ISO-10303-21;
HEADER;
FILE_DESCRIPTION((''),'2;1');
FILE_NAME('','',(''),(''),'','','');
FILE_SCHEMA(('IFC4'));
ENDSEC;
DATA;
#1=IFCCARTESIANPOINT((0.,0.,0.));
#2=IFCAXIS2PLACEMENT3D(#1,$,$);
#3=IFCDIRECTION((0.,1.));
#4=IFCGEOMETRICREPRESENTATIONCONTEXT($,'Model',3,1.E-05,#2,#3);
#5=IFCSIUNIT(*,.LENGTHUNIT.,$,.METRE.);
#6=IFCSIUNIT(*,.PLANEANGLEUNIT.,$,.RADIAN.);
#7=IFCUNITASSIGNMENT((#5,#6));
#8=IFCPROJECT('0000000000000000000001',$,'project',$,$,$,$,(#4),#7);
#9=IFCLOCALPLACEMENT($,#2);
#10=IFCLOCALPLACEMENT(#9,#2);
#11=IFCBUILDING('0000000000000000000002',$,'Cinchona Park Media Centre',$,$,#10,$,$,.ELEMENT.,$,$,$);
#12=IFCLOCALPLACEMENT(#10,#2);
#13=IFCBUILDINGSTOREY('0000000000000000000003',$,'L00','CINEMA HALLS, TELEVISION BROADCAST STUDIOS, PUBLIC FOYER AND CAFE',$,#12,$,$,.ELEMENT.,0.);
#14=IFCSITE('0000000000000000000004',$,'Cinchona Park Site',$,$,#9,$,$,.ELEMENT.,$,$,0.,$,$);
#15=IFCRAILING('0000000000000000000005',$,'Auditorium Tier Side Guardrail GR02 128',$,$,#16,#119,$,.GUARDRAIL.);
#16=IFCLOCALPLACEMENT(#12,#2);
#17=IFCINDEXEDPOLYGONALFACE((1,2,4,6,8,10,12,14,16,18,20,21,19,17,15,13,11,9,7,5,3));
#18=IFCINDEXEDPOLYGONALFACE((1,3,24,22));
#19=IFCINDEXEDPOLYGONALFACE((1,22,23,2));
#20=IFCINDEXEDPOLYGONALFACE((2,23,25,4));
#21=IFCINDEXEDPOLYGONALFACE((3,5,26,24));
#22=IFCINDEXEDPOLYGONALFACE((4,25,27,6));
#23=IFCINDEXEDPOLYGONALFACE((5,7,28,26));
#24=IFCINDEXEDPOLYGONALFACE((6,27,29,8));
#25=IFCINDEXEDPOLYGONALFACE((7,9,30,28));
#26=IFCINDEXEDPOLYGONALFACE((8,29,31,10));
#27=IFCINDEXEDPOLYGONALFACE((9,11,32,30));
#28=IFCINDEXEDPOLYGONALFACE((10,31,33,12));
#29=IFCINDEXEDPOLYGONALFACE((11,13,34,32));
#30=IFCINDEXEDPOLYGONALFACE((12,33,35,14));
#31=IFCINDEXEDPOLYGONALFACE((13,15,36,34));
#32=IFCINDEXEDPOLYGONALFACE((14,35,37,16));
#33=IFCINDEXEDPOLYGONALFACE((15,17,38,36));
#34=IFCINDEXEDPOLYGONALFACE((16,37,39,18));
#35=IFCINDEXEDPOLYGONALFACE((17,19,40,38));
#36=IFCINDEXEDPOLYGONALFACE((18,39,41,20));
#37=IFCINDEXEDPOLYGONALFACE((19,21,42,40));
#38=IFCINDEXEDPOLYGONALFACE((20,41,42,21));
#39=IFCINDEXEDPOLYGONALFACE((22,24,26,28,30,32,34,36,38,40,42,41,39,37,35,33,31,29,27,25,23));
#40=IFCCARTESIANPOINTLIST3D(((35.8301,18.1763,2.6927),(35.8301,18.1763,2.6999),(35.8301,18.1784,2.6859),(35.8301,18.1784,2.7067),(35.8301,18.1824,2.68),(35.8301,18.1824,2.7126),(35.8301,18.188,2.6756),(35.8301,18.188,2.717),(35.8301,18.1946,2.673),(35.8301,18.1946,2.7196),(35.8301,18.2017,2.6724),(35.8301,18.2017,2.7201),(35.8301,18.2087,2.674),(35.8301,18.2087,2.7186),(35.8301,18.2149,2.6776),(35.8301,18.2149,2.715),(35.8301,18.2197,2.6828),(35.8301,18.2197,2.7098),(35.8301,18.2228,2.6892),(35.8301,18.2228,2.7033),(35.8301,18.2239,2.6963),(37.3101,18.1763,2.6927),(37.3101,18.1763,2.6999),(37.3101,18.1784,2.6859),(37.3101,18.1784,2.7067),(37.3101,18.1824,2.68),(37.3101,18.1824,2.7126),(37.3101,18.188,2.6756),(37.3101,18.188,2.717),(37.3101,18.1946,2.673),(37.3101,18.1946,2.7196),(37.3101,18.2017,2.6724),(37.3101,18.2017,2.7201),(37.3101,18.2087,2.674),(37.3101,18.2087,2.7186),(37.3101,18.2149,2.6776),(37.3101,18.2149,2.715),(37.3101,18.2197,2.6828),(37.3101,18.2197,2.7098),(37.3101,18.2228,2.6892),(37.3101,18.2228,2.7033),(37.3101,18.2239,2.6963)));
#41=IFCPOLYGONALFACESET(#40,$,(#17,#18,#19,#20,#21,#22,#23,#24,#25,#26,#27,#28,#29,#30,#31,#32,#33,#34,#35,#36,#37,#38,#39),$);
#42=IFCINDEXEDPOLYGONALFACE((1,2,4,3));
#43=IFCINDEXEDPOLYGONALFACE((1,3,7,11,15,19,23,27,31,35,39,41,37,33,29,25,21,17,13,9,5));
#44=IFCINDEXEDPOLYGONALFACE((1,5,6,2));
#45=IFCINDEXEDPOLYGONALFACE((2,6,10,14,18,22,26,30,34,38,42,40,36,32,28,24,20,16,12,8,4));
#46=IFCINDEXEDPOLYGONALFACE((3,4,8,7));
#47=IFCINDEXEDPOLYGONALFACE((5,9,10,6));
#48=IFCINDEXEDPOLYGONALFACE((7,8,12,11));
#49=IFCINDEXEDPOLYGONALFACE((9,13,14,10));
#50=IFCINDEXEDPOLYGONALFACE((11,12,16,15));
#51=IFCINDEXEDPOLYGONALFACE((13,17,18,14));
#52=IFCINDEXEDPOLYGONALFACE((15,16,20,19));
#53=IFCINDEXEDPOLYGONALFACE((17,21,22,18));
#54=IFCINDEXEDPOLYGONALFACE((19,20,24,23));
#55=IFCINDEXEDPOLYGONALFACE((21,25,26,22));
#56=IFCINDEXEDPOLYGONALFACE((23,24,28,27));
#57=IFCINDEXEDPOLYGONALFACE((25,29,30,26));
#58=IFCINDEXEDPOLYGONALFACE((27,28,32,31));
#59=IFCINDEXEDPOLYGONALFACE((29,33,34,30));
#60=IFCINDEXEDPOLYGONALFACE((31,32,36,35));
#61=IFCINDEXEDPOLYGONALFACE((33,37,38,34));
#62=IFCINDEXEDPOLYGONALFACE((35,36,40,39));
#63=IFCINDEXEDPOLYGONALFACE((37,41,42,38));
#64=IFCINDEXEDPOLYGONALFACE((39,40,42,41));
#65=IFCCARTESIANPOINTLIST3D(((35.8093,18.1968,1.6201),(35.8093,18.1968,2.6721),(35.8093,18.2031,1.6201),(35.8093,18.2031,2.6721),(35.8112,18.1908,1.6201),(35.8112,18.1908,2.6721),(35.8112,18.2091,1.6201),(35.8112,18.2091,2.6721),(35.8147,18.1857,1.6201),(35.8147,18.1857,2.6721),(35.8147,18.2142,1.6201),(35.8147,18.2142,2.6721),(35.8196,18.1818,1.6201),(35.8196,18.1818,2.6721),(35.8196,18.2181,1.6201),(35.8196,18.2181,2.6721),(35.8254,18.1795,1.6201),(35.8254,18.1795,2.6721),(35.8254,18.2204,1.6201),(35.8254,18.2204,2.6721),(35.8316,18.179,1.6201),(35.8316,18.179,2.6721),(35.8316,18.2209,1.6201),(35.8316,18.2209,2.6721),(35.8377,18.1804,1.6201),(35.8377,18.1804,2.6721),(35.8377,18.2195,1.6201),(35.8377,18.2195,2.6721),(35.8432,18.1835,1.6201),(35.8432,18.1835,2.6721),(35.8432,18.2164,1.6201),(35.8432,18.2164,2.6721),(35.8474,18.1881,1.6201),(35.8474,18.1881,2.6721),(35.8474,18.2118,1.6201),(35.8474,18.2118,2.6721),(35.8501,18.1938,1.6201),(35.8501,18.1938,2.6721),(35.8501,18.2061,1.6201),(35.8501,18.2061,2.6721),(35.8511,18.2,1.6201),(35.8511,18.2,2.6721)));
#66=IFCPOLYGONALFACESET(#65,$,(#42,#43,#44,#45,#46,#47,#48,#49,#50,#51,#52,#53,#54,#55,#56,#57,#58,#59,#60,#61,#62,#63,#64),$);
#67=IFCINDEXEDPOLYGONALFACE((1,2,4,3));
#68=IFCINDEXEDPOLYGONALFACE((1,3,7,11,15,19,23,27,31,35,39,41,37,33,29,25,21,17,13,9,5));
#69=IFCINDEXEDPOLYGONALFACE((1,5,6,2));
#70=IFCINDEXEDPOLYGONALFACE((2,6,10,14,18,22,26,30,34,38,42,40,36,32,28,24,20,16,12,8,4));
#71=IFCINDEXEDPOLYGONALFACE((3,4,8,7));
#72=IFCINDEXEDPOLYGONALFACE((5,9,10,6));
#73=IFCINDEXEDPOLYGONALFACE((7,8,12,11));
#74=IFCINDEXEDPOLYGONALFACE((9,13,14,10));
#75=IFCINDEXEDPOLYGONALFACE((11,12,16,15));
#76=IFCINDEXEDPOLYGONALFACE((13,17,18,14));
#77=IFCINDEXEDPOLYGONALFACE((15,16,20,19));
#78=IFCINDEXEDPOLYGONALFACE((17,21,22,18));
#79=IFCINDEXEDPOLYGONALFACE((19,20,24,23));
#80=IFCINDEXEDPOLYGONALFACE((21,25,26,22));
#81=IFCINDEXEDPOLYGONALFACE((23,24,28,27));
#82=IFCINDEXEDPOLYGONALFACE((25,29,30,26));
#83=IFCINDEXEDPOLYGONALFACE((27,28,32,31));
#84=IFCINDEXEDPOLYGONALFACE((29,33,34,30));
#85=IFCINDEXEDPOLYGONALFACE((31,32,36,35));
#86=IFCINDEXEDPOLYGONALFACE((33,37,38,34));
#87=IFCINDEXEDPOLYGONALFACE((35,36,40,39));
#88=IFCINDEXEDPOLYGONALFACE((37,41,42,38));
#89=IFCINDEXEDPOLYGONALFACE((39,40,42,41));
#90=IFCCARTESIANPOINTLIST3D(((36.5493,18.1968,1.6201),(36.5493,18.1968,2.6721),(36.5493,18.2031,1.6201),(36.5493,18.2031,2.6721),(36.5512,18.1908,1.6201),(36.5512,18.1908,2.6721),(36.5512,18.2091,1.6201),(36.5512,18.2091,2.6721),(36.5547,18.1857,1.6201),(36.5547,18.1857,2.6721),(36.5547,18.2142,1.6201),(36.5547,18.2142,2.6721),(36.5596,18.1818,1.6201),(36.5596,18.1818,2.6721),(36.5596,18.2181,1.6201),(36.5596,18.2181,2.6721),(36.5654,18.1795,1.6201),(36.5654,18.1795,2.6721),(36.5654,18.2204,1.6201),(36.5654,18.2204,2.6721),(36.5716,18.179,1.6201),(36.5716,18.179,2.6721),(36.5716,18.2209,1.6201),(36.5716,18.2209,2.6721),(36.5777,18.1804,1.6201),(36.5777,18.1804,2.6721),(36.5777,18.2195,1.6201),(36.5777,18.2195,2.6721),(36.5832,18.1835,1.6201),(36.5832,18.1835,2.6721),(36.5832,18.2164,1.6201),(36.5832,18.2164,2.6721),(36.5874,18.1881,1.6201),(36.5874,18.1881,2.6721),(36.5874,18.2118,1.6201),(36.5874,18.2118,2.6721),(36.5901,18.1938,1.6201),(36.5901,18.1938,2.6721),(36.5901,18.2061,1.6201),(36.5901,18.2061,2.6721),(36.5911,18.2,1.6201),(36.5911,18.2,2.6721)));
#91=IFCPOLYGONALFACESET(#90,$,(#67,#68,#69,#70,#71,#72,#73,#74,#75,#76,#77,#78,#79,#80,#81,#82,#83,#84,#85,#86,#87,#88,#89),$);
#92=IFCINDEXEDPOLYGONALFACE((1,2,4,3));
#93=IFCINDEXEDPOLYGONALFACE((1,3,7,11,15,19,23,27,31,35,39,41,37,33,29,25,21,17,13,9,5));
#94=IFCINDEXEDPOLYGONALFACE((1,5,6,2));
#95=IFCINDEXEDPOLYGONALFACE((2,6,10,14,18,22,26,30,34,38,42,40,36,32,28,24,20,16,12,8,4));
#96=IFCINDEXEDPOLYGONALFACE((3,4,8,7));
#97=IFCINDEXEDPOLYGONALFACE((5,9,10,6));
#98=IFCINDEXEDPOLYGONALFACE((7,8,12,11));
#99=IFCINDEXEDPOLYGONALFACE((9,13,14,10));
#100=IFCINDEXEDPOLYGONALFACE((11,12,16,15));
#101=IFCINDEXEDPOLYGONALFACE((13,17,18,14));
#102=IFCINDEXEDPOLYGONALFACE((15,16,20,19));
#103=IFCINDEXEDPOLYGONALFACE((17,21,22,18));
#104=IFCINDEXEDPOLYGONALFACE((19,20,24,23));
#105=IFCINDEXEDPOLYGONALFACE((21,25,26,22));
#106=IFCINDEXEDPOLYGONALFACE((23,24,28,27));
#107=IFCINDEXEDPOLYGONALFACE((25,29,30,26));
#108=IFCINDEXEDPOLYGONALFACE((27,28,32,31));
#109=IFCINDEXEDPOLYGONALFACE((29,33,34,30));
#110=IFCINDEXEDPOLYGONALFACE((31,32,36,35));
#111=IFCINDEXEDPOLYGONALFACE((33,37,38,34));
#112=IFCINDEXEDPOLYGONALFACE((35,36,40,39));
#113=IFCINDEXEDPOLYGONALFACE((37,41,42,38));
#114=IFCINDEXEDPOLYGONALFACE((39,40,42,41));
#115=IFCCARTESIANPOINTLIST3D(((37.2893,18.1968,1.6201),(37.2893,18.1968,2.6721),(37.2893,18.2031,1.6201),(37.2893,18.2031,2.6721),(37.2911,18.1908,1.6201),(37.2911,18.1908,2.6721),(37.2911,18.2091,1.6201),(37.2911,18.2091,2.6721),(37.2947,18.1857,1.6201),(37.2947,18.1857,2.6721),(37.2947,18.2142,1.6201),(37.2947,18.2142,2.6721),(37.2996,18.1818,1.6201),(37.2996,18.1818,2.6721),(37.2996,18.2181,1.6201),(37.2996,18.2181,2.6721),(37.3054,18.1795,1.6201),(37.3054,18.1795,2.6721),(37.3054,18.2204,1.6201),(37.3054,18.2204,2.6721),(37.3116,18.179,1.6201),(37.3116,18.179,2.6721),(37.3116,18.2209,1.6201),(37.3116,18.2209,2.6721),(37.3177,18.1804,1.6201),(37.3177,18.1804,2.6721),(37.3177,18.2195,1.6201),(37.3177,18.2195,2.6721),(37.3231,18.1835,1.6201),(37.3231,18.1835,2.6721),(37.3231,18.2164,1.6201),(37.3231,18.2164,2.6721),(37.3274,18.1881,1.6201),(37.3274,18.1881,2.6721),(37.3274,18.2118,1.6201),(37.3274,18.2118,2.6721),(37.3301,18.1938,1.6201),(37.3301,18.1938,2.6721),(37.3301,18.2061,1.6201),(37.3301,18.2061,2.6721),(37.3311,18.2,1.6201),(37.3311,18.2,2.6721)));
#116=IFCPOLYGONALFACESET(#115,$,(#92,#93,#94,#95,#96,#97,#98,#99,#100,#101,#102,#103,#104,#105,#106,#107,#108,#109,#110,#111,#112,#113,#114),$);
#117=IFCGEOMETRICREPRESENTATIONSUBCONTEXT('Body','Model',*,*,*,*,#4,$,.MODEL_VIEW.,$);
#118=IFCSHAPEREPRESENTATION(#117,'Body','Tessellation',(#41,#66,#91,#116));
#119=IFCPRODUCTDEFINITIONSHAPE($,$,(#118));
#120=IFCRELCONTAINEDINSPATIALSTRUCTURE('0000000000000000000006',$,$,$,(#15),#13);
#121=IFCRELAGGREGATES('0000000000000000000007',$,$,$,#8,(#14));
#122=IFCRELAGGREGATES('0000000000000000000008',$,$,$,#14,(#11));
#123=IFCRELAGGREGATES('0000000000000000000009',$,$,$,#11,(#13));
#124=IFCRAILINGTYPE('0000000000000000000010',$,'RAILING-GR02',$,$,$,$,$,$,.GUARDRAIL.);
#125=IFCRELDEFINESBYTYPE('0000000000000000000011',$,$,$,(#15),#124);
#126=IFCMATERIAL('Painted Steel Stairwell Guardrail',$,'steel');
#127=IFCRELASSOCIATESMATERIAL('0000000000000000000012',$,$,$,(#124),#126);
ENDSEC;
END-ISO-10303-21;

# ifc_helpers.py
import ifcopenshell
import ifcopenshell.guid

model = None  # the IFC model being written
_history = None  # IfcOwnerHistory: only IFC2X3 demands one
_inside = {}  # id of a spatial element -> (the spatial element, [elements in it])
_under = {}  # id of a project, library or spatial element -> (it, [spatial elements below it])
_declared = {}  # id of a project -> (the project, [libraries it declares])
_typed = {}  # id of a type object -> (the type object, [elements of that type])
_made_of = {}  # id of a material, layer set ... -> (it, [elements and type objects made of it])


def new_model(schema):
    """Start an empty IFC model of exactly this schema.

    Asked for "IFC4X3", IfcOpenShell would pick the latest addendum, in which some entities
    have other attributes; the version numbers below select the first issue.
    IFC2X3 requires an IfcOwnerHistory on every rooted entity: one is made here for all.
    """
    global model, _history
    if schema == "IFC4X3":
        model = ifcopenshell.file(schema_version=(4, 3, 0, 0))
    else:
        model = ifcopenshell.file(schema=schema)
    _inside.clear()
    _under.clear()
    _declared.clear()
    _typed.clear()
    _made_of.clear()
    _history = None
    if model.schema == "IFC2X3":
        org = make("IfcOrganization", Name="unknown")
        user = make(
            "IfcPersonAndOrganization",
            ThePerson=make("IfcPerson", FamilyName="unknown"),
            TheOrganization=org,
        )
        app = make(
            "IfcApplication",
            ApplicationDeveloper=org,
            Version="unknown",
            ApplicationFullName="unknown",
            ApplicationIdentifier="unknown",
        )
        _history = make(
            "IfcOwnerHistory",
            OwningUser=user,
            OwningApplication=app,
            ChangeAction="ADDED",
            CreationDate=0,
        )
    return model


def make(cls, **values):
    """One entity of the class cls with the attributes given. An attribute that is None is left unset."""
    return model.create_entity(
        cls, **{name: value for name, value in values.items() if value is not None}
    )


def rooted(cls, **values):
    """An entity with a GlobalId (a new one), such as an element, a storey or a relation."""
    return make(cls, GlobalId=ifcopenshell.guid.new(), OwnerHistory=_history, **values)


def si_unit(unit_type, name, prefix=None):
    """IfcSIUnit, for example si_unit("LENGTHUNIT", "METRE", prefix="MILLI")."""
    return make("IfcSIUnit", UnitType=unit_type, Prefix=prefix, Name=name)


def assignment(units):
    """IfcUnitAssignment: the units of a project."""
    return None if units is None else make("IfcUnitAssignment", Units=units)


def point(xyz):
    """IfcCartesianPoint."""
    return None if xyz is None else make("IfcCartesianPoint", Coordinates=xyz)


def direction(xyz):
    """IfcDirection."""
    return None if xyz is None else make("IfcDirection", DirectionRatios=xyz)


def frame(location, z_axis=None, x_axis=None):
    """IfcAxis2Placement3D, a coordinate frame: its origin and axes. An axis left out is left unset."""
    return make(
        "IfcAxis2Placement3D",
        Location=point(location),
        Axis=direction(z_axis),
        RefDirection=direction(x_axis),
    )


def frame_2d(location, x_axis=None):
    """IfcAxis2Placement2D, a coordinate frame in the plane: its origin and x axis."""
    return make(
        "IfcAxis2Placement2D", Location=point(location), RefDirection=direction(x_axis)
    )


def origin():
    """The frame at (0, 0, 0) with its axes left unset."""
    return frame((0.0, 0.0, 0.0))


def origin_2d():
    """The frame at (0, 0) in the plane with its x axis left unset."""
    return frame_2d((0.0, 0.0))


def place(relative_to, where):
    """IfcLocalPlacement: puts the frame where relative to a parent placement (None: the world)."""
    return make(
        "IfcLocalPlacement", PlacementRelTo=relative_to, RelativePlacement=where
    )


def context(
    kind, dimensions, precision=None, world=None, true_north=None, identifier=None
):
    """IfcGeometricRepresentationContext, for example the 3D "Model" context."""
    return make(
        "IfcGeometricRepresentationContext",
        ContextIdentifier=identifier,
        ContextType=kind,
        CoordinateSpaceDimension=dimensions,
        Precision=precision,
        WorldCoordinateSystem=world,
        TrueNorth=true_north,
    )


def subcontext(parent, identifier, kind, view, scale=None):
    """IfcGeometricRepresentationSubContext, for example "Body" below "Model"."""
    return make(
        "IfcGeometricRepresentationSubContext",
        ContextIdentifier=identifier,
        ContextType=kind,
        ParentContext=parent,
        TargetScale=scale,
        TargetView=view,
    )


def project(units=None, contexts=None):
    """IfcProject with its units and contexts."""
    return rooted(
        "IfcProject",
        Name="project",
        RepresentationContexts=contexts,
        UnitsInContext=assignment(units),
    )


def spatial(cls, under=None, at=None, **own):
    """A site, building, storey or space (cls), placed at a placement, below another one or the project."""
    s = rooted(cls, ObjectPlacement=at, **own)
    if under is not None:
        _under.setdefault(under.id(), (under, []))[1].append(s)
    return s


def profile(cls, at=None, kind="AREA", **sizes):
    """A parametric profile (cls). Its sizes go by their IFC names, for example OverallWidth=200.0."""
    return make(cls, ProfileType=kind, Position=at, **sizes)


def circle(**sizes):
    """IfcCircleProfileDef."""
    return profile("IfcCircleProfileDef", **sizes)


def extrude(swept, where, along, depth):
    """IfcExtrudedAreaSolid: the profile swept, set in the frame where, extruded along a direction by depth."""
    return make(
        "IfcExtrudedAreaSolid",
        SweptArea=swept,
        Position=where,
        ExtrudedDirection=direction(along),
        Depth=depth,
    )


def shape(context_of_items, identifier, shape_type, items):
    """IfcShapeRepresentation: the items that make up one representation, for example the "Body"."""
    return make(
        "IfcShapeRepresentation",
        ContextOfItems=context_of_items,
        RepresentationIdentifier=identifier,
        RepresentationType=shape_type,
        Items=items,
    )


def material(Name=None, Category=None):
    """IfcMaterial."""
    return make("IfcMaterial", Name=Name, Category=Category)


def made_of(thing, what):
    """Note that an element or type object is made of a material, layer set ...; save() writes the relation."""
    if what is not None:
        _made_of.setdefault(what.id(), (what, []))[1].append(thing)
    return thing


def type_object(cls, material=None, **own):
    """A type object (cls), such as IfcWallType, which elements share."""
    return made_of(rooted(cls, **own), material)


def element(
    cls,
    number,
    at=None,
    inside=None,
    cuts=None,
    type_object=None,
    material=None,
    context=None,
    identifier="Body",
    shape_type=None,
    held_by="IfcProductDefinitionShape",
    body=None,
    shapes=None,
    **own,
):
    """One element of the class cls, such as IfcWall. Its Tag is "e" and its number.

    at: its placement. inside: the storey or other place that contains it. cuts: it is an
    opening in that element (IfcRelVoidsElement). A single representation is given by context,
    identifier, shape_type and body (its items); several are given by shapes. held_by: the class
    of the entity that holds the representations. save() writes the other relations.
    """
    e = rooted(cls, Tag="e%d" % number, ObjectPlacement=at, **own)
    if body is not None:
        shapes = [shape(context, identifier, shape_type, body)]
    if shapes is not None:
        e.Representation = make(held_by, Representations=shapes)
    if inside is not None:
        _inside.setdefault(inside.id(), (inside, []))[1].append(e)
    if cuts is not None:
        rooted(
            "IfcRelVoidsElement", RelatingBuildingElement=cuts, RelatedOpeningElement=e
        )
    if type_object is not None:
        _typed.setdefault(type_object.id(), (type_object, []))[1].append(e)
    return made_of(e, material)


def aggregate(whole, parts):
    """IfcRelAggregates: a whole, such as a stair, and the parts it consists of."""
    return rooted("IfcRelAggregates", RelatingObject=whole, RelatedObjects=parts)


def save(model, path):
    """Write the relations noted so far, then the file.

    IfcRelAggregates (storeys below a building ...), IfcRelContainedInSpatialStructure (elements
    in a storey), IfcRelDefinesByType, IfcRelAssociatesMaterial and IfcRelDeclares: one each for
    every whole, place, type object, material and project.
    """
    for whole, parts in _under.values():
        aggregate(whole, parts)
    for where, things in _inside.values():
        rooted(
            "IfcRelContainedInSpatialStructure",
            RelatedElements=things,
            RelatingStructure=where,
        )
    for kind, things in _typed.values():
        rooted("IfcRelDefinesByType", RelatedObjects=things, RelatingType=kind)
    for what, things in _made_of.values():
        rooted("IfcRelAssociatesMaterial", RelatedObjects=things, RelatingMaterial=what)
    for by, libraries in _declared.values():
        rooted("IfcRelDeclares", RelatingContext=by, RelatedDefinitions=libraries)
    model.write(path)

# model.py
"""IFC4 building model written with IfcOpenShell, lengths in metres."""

from ifc_helpers import new_model, si_unit, direction, frame, origin, origin_2d, place, context, subcontext, project, spatial, circle, extrude, material, type_object, element, save


model = new_model("IFC4")

# Units and contexts
model_context = context("Model", 3, precision=1e-05, world=origin(), true_north=direction((0.0, 1.0)))
body_context = subcontext(model_context, "Body", "Model", "MODEL_VIEW")
ifc_project = project(units=[si_unit("LENGTHUNIT", "METRE"), si_unit("PLANEANGLEUNIT", "RADIAN")], contexts=[model_context])

# Site, building, storey
site_placement = place(None, origin())
site = spatial("IfcSite", under=ifc_project, at=site_placement, Name="Cinchona Park Site", CompositionType="ELEMENT", RefElevation=0.0)
building_placement = place(site_placement, origin())
building = spatial("IfcBuilding", under=site, at=building_placement, Name="Cinchona Park Media Centre", CompositionType="ELEMENT")
storey_placement = place(building_placement, origin())
storey = spatial("IfcBuildingStorey", under=building, at=storey_placement, Name="L00", Description="CINEMA HALLS, TELEVISION BROADCAST STUDIOS, PUBLIC FOYER AND CAFE", CompositionType="ELEMENT", Elevation=0.0)

# Railing
ifc_material_1 = material(Name="Painted Steel Stairwell Guardrail", Category="steel")
railing_type_1 = type_object("IfcRailingType", Name="RAILING-GR02", PredefinedType="GUARDRAIL", material=ifc_material_1)
railing_1_placement = place(storey_placement, frame((35.8301, 18.2, 1.6201)))
element("IfcRailing", 1, at=railing_1_placement, inside=storey, type_object=railing_type_1, Name="Auditorium Tier Side Guardrail GR02 128", PredefinedType="GUARDRAIL", context=body_context, shape_type="SweptSolid", body=[
    extrude(circle(Radius=0.0239, at=origin_2d()), frame((0.0, 0.0, 1.0762), z_axis=(1.0, 0.0, 0.0), x_axis=(0.0, 1.0, 0.0)), (0.0, 0.0, 1.0), 1.48),
    extrude(circle(Radius=0.021, at=origin_2d()), origin(), (0.0, 0.0, 1.0), 1.052),
    extrude(circle(Radius=0.021, at=origin_2d()), frame((0.74, 0.0, 0.0)), (0.0, 0.0, 1.0), 1.052),
    extrude(circle(Radius=0.021, at=origin_2d()), frame((1.48, 0.0, 0.0)), (0.0, 0.0, 1.0), 1.052),
])

save(model, "model.ifc")
